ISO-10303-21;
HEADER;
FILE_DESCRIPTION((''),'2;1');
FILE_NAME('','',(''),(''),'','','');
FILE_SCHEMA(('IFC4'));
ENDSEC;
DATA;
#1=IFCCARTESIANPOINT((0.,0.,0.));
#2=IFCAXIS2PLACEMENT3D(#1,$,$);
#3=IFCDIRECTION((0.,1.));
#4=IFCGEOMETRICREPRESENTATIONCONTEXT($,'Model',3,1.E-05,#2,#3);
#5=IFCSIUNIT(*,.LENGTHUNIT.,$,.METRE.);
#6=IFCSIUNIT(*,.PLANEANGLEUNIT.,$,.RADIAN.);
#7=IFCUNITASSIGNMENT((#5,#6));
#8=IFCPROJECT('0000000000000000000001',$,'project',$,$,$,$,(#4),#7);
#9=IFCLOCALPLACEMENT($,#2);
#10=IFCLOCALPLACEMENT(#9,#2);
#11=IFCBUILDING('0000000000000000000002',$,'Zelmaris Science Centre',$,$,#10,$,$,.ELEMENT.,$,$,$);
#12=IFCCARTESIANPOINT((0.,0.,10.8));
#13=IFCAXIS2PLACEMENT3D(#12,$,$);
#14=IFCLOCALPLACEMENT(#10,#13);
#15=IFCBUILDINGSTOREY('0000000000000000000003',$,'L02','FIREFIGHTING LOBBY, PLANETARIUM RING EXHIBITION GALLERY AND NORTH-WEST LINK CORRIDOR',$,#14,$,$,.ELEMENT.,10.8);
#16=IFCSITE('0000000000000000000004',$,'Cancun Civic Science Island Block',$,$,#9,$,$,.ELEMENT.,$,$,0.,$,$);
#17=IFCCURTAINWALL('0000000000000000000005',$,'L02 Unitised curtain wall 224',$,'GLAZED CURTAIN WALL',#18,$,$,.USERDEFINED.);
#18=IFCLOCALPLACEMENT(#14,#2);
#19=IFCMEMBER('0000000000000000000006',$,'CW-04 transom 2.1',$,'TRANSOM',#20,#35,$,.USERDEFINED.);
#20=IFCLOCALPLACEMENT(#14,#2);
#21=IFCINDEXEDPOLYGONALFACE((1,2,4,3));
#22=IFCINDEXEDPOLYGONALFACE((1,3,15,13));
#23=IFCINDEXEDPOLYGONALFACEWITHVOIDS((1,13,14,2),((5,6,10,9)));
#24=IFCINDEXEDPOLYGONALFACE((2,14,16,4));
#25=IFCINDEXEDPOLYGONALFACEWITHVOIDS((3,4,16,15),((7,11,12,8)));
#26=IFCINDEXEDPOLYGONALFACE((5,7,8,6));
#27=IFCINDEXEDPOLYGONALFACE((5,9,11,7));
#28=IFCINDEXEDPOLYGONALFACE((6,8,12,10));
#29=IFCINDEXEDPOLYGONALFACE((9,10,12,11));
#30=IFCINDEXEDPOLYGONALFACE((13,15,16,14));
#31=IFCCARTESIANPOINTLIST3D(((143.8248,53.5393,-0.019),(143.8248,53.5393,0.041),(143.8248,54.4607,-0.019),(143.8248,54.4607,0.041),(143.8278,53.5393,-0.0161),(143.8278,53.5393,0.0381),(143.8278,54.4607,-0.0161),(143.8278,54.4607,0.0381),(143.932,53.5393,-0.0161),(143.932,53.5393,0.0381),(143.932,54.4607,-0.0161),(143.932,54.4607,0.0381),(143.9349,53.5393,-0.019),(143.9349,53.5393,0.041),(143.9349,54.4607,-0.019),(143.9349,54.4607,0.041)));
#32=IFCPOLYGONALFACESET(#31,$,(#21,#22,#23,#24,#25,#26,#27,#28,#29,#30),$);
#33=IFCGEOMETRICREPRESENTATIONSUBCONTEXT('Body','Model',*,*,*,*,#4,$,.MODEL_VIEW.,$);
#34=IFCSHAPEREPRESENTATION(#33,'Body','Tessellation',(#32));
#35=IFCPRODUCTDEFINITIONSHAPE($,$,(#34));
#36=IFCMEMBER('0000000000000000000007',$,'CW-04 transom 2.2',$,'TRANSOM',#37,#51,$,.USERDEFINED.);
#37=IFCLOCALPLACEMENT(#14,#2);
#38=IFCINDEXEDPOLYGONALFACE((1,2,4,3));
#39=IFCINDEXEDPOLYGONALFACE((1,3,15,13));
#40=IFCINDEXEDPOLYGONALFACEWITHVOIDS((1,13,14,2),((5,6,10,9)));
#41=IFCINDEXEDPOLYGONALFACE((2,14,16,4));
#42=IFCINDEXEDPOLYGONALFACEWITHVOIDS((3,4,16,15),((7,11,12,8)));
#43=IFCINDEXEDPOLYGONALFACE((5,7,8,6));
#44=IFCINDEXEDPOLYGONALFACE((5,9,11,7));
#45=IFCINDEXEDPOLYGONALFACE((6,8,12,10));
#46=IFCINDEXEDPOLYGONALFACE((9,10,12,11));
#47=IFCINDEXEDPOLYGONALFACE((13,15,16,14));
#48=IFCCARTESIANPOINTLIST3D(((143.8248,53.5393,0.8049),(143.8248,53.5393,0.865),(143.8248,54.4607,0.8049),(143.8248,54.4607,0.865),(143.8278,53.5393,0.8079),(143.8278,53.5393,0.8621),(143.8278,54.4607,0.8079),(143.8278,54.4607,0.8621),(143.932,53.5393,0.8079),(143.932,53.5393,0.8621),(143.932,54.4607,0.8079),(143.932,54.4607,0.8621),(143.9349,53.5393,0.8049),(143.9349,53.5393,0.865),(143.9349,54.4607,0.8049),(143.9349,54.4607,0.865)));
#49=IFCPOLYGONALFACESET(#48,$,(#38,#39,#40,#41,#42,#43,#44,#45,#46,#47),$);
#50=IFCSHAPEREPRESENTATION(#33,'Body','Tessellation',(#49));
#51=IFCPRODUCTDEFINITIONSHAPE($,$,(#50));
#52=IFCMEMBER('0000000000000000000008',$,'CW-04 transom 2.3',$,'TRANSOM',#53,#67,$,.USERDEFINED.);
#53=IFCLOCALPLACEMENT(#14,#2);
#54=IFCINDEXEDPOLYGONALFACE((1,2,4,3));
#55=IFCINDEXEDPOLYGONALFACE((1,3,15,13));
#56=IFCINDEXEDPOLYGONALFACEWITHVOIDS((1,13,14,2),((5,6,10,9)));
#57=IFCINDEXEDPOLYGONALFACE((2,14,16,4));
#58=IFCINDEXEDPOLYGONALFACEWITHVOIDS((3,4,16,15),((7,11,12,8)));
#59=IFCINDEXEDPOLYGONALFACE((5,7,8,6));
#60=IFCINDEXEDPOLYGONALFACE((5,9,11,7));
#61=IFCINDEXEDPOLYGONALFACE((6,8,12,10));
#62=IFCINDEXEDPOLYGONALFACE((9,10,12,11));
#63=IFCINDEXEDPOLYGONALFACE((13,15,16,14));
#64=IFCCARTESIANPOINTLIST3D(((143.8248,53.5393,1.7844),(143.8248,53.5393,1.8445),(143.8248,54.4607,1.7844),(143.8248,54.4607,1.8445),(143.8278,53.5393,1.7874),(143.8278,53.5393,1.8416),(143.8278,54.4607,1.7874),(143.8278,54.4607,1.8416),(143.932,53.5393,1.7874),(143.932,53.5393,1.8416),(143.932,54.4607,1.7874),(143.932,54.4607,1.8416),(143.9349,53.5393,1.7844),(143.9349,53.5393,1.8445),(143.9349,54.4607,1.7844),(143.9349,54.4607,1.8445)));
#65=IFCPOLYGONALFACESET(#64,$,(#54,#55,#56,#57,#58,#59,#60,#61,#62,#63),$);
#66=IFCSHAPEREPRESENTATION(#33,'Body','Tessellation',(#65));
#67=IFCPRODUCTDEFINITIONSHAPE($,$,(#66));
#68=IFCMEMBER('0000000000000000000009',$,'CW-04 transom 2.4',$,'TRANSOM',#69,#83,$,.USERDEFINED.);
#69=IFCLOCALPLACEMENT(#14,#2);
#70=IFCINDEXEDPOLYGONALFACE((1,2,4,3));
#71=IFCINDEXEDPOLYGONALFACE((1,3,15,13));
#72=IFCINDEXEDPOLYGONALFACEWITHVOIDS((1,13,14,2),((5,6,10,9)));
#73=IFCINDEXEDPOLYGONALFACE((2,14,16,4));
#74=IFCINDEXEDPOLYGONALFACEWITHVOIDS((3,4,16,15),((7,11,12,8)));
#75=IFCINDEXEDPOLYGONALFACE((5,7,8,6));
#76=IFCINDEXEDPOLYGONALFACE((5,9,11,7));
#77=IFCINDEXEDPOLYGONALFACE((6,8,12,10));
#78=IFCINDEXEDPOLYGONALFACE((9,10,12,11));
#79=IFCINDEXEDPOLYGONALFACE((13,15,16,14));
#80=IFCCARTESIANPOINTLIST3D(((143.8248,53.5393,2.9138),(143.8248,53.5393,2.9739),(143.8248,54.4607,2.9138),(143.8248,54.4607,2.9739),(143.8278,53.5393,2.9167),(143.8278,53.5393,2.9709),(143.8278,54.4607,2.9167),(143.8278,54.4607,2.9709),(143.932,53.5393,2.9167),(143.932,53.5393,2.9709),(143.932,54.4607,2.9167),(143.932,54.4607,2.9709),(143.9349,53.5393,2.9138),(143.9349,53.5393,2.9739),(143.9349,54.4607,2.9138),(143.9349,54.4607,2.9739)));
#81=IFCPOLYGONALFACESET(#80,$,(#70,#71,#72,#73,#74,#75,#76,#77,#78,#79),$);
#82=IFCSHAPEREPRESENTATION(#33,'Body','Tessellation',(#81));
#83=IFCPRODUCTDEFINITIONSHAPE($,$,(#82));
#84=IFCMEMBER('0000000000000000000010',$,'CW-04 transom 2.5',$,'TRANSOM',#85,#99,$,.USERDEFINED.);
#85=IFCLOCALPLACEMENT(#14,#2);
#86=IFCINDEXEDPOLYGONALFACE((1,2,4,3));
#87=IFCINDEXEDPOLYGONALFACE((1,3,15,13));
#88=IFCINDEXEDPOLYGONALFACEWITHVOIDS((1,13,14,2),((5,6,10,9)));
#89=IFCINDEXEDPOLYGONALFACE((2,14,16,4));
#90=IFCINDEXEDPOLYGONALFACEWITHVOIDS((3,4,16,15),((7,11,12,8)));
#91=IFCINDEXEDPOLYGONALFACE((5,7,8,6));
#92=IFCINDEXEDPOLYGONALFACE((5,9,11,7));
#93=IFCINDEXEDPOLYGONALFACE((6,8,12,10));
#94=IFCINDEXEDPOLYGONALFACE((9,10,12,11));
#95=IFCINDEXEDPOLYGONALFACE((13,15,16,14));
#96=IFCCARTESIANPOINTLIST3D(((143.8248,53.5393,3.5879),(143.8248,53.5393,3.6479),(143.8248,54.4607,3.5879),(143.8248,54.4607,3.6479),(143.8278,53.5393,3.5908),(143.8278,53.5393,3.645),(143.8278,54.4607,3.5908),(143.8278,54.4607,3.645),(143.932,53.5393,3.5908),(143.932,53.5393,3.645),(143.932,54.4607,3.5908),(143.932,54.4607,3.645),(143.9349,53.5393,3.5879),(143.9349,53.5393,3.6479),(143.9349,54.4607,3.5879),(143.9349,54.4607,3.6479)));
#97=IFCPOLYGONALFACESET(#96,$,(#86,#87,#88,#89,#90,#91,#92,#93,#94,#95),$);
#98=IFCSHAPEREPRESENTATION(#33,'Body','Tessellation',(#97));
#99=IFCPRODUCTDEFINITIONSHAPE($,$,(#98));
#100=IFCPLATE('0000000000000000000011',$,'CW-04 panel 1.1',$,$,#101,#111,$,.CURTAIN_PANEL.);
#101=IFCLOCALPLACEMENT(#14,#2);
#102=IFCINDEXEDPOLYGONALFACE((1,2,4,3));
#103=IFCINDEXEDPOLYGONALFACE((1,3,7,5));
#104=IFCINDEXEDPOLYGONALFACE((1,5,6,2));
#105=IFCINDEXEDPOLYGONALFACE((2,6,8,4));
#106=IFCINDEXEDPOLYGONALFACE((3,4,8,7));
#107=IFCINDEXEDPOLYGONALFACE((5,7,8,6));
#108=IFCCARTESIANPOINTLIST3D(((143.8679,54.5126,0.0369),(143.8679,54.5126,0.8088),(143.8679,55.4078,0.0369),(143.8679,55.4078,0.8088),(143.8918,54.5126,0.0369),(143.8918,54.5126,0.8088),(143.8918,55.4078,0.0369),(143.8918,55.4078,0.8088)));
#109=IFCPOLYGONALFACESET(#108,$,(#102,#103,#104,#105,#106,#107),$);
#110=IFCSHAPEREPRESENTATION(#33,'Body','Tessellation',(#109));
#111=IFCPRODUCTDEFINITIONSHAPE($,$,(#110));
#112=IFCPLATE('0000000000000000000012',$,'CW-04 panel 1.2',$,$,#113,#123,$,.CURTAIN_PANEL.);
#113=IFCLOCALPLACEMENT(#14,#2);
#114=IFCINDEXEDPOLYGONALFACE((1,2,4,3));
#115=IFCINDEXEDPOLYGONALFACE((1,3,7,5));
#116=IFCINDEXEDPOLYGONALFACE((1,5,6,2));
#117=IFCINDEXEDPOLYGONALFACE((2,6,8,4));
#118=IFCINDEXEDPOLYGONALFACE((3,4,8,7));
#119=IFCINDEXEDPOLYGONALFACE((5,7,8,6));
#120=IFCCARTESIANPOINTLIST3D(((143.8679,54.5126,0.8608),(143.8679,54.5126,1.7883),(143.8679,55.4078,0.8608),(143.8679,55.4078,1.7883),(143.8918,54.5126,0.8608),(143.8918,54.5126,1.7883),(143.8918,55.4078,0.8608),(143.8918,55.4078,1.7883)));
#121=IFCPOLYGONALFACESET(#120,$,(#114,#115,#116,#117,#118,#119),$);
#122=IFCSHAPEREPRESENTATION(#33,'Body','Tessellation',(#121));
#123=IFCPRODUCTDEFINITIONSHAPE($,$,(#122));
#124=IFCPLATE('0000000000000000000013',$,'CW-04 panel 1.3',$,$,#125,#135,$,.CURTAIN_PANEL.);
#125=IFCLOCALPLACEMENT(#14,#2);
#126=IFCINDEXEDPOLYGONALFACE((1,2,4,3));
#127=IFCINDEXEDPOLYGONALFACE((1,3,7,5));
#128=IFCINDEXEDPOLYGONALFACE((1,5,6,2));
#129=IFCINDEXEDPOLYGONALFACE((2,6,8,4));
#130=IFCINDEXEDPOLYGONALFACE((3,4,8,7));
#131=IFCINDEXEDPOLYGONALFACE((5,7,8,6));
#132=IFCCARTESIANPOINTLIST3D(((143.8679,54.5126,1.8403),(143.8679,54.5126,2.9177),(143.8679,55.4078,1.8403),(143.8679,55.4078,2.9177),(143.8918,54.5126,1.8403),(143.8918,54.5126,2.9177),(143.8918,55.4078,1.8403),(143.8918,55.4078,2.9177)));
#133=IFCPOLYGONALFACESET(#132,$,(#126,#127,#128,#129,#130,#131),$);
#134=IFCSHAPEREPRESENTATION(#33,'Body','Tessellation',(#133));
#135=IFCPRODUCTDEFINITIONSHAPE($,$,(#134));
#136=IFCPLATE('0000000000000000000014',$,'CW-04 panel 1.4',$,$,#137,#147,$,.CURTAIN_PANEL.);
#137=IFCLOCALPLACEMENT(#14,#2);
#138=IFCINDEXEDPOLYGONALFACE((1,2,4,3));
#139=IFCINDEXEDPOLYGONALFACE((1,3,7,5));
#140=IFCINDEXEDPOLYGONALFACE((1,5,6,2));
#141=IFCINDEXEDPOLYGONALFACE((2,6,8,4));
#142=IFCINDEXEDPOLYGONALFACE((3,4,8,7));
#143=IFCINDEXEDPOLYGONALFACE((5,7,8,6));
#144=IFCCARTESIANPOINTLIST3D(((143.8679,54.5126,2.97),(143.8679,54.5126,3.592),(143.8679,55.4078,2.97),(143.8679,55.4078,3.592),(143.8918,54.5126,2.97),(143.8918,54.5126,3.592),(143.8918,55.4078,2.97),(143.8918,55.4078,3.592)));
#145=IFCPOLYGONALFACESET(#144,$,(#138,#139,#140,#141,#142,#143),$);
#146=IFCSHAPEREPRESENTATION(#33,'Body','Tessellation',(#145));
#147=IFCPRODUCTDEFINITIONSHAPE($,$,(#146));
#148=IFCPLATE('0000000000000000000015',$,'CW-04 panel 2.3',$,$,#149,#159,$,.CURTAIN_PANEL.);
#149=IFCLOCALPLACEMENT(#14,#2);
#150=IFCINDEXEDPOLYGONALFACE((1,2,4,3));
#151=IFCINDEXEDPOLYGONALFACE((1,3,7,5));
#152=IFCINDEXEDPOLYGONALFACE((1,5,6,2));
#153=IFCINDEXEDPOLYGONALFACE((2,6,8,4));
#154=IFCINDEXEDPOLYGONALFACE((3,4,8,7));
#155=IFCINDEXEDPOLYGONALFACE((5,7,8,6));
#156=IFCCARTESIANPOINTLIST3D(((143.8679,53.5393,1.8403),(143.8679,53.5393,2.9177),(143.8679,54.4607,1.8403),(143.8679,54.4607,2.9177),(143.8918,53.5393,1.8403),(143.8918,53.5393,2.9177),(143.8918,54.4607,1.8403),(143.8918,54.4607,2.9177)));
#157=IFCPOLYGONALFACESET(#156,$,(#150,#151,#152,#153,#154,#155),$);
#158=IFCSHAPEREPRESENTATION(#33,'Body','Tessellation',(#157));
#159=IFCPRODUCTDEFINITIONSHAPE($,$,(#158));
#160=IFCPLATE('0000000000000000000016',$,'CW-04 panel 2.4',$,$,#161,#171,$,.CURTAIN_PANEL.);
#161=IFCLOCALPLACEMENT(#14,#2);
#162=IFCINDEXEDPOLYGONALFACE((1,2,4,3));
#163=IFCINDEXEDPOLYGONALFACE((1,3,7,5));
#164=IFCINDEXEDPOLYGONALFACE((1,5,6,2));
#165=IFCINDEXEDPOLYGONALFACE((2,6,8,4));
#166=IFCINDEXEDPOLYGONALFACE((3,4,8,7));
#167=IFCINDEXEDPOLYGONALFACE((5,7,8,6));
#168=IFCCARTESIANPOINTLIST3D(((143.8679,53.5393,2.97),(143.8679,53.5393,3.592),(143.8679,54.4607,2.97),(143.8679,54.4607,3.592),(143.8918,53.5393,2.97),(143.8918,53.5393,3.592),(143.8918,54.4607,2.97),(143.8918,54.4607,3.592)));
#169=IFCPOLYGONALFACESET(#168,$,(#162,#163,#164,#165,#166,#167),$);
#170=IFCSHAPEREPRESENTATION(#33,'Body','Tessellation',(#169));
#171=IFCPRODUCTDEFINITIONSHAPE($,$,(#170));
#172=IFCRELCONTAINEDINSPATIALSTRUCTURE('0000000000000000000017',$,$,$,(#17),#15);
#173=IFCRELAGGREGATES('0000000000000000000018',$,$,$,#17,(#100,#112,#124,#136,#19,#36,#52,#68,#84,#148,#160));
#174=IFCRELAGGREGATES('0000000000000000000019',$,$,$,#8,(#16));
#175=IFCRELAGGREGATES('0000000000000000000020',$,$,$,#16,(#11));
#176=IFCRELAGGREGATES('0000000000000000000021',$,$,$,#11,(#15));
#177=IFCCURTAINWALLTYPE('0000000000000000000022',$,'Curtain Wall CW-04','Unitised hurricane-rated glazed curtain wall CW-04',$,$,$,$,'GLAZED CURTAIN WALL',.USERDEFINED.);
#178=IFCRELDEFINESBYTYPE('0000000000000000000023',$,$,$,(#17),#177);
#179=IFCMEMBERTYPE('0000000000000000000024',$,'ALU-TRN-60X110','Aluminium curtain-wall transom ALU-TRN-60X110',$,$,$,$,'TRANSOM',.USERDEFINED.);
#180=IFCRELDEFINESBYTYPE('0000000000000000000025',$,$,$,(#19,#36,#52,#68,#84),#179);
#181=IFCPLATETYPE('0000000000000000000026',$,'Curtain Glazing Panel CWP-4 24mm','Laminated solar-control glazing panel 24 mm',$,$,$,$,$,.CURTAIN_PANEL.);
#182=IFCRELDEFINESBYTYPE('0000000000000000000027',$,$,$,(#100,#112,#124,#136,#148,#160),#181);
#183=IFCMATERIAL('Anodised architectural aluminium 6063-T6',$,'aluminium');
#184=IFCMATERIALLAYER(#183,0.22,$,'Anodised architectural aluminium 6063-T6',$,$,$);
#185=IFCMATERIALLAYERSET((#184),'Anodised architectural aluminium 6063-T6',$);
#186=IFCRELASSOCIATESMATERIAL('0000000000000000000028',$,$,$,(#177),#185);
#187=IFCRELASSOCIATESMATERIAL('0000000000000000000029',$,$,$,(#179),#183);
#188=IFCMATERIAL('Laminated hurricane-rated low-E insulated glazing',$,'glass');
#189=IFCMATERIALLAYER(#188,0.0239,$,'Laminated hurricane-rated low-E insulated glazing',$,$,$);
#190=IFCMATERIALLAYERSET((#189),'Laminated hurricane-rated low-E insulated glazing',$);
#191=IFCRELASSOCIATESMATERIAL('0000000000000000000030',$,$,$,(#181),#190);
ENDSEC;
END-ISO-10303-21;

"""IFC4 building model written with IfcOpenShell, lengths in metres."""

from ifc_helpers import new_model, si_unit, direction, frame, origin, origin_2d, place, context, subcontext, project, spatial, rectangle, hollow_rectangle, extrude, material, layer, layer_set, material_profile, profile_set, type_object, element, aggregate, save


model = new_model("IFC4")

# Units and contexts
model_context = context("Model", 3, precision=1e-05, world=origin(), true_north=direction((0.0, 1.0)))
body_context = subcontext(model_context, "Body", "Model", "MODEL_VIEW")
ifc_project = project(units=[si_unit("LENGTHUNIT", "METRE"), si_unit("PLANEANGLEUNIT", "RADIAN")], contexts=[model_context])

# Site, building, storey
site_placement = place(None, origin())
site = spatial("IfcSite", under=ifc_project, at=site_placement, Name="Cancun Civic Science Island Block", CompositionType="ELEMENT", RefElevation=0.0)
building_placement = place(site_placement, origin())
building = spatial("IfcBuilding", under=site, at=building_placement, Name="Zelmaris Science Centre", CompositionType="ELEMENT")
storey_placement = place(building_placement, frame((0.0, 0.0, 10.8)))
storey = spatial("IfcBuildingStorey", under=building, at=storey_placement, Name="L02", Description="FIREFIGHTING LOBBY, PLANETARIUM RING EXHIBITION GALLERY AND NORTH-WEST LINK CORRIDOR", CompositionType="ELEMENT", Elevation=10.8)

# Curtain wall, members, plates
ifc_material_1 = material(Name="Anodised architectural aluminium 6063-T6", Category="aluminium")
ifc_layer_1 = layer(ifc_material_1, 0.22, Name="Anodised architectural aluminium 6063-T6")
ifc_layer_set_1 = layer_set([ifc_layer_1], Name="Anodised architectural aluminium 6063-T6")
curtain_wall_type = type_object("IfcCurtainWallType", Name="Curtain Wall CW-04", Description="Unitised hurricane-rated glazed curtain wall CW-04", ElementType="GLAZED CURTAIN WALL", PredefinedType="USERDEFINED", material=ifc_layer_set_1)
curtain_wall_placement = place(storey_placement, origin())
curtain_wall = element("IfcCurtainWall", 1, at=curtain_wall_placement, inside=storey, type_object=curtain_wall_type, Name="L02 Unitised curtain wall 224", ObjectType="GLAZED CURTAIN WALL", PredefinedType="USERDEFINED")
ifc_material_profile_1 = material_profile(ifc_material_1, hollow_rectangle(XDim=0.0601, YDim=0.1101, WallThickness=0.0029, at=origin_2d()), Name="ALU-TRN-60X110")
ifc_profile_set_1 = profile_set([ifc_material_profile_1], Name="Anodised architectural aluminium 6063-T6")
member_type_1 = type_object("IfcMemberType", Name="ALU-TRN-60X110", Description="Aluminium curtain-wall transom ALU-TRN-60X110", ElementType="TRANSOM", PredefinedType="USERDEFINED", material=ifc_profile_set_1)
member_1_placement = place(storey_placement, frame((143.8799, 54.4607, 0.011), z_axis=(0.0, -1.0, 0.0), x_axis=(0.0, 0.0, 1.0)))
member_1 = element("IfcMember", 2, at=member_1_placement, type_object=member_type_1, Name="CW-04 transom 2.1", ObjectType="TRANSOM", PredefinedType="USERDEFINED", context=body_context, shape_type="SweptSolid", body=[
    extrude(hollow_rectangle(XDim=0.0601, YDim=0.1101, WallThickness=0.0029, at=origin_2d()), origin(), (0.0, 0.0, 1.0), 0.9214),
])
member_2_placement = place(storey_placement, frame((143.8799, 54.4607, 0.835), z_axis=(0.0, -1.0, 0.0), x_axis=(0.0, 0.0, 1.0)))
member_2 = element("IfcMember", 3, at=member_2_placement, type_object=member_type_1, Name="CW-04 transom 2.2", ObjectType="TRANSOM", PredefinedType="USERDEFINED", context=body_context, shape_type="SweptSolid", body=[
    extrude(hollow_rectangle(XDim=0.0601, YDim=0.1101, WallThickness=0.0029, at=origin_2d()), origin(), (0.0, 0.0, 1.0), 0.9214),
])
member_3_placement = place(storey_placement, frame((143.8799, 54.4607, 1.8145), z_axis=(0.0, -1.0, 0.0), x_axis=(0.0, 0.0, 1.0)))
member_3 = element("IfcMember", 4, at=member_3_placement, type_object=member_type_1, Name="CW-04 transom 2.3", ObjectType="TRANSOM", PredefinedType="USERDEFINED", context=body_context, shape_type="SweptSolid", body=[
    extrude(hollow_rectangle(XDim=0.0601, YDim=0.1101, WallThickness=0.0029, at=origin_2d()), origin(), (0.0, 0.0, 1.0), 0.9214),
])
member_4_placement = place(storey_placement, frame((143.8799, 54.4607, 2.9438), z_axis=(0.0, -1.0, 0.0), x_axis=(0.0, 0.0, 1.0)))
member_4 = element("IfcMember", 5, at=member_4_placement, type_object=member_type_1, Name="CW-04 transom 2.4", ObjectType="TRANSOM", PredefinedType="USERDEFINED", context=body_context, shape_type="SweptSolid", body=[
    extrude(hollow_rectangle(XDim=0.0601, YDim=0.1101, WallThickness=0.0029, at=origin_2d()), origin(), (0.0, 0.0, 1.0), 0.9214),
])
member_5_placement = place(storey_placement, frame((143.8799, 54.4607, 3.6179), z_axis=(0.0, -1.0, 0.0), x_axis=(0.0, 0.0, 1.0)))
member_5 = element("IfcMember", 6, at=member_5_placement, type_object=member_type_1, Name="CW-04 transom 2.5", ObjectType="TRANSOM", PredefinedType="USERDEFINED", context=body_context, shape_type="SweptSolid", body=[
    extrude(hollow_rectangle(XDim=0.0601, YDim=0.1101, WallThickness=0.0029, at=origin_2d()), origin(), (0.0, 0.0, 1.0), 0.9214),
])
ifc_material_2 = material(Name="Laminated hurricane-rated low-E insulated glazing", Category="glass")
ifc_layer_2 = layer(ifc_material_2, 0.0239, Name="Laminated hurricane-rated low-E insulated glazing")
ifc_layer_set_2 = layer_set([ifc_layer_2], Name="Laminated hurricane-rated low-E insulated glazing")
plate_type = type_object("IfcPlateType", Name="Curtain Glazing Panel CWP-4 24mm", Description="Laminated solar-control glazing panel 24 mm", PredefinedType="CURTAIN_PANEL", material=ifc_layer_set_2)
plate_1_placement = place(storey_placement, frame((143.8799, 54.9602, 0.0369), z_axis=(0.0, 0.0, 1.0), x_axis=(0.0, -1.0, 0.0)))
plate_1 = element("IfcPlate", 7, at=plate_1_placement, type_object=plate_type, Name="CW-04 panel 1.1", PredefinedType="CURTAIN_PANEL", context=body_context, shape_type="SweptSolid", body=[
    extrude(rectangle(XDim=0.8953, YDim=0.0239, at=origin_2d()), origin(), (0.0, 0.0, 1.0), 0.772),
])
plate_2_placement = place(storey_placement, frame((143.8799, 54.9602, 0.8608), z_axis=(0.0, 0.0, 1.0), x_axis=(0.0, -1.0, 0.0)))
plate_2 = element("IfcPlate", 8, at=plate_2_placement, type_object=plate_type, Name="CW-04 panel 1.2", PredefinedType="CURTAIN_PANEL", context=body_context, shape_type="SweptSolid", body=[
    extrude(rectangle(XDim=0.8953, YDim=0.0239, at=origin_2d()), origin(), (0.0, 0.0, 1.0), 0.9275),
])
plate_3_placement = place(storey_placement, frame((143.8799, 54.9602, 1.8403), z_axis=(0.0, 0.0, 1.0), x_axis=(0.0, -1.0, 0.0)))
plate_3 = element("IfcPlate", 9, at=plate_3_placement, type_object=plate_type, Name="CW-04 panel 1.3", PredefinedType="CURTAIN_PANEL", context=body_context, shape_type="SweptSolid", body=[
    extrude(rectangle(XDim=0.8953, YDim=0.0239, at=origin_2d()), origin(), (0.0, 0.0, 1.0), 1.0774),
])
plate_4_placement = place(storey_placement, frame((143.8799, 54.9602, 2.97), z_axis=(0.0, 0.0, 1.0), x_axis=(0.0, -1.0, 0.0)))
plate_4 = element("IfcPlate", 10, at=plate_4_placement, type_object=plate_type, Name="CW-04 panel 1.4", PredefinedType="CURTAIN_PANEL", context=body_context, shape_type="SweptSolid", body=[
    extrude(rectangle(XDim=0.8953, YDim=0.0239, at=origin_2d()), origin(), (0.0, 0.0, 1.0), 0.6221),
])
plate_5_placement = place(storey_placement, frame((143.8799, 54.0, 1.8403), z_axis=(0.0, 0.0, 1.0), x_axis=(0.0, -1.0, 0.0)))
plate_5 = element("IfcPlate", 11, at=plate_5_placement, type_object=plate_type, Name="CW-04 panel 2.3", PredefinedType="CURTAIN_PANEL", context=body_context, shape_type="SweptSolid", body=[
    extrude(rectangle(XDim=0.9214, YDim=0.0239, at=origin_2d()), origin(), (0.0, 0.0, 1.0), 1.0774),
])
plate_6_placement = place(storey_placement, frame((143.8799, 54.0, 2.97), z_axis=(0.0, 0.0, 1.0), x_axis=(0.0, -1.0, 0.0)))
plate_6 = element("IfcPlate", 12, at=plate_6_placement, type_object=plate_type, Name="CW-04 panel 2.4", PredefinedType="CURTAIN_PANEL", context=body_context, shape_type="SweptSolid", body=[
    extrude(rectangle(XDim=0.9214, YDim=0.0239, at=origin_2d()), origin(), (0.0, 0.0, 1.0), 0.6221),
])
aggregate(curtain_wall, [plate_1, plate_2, plate_3, plate_4, member_1, member_2, member_3, member_4, member_5, plate_5, plate_6])

save(model, "model.ifc")
